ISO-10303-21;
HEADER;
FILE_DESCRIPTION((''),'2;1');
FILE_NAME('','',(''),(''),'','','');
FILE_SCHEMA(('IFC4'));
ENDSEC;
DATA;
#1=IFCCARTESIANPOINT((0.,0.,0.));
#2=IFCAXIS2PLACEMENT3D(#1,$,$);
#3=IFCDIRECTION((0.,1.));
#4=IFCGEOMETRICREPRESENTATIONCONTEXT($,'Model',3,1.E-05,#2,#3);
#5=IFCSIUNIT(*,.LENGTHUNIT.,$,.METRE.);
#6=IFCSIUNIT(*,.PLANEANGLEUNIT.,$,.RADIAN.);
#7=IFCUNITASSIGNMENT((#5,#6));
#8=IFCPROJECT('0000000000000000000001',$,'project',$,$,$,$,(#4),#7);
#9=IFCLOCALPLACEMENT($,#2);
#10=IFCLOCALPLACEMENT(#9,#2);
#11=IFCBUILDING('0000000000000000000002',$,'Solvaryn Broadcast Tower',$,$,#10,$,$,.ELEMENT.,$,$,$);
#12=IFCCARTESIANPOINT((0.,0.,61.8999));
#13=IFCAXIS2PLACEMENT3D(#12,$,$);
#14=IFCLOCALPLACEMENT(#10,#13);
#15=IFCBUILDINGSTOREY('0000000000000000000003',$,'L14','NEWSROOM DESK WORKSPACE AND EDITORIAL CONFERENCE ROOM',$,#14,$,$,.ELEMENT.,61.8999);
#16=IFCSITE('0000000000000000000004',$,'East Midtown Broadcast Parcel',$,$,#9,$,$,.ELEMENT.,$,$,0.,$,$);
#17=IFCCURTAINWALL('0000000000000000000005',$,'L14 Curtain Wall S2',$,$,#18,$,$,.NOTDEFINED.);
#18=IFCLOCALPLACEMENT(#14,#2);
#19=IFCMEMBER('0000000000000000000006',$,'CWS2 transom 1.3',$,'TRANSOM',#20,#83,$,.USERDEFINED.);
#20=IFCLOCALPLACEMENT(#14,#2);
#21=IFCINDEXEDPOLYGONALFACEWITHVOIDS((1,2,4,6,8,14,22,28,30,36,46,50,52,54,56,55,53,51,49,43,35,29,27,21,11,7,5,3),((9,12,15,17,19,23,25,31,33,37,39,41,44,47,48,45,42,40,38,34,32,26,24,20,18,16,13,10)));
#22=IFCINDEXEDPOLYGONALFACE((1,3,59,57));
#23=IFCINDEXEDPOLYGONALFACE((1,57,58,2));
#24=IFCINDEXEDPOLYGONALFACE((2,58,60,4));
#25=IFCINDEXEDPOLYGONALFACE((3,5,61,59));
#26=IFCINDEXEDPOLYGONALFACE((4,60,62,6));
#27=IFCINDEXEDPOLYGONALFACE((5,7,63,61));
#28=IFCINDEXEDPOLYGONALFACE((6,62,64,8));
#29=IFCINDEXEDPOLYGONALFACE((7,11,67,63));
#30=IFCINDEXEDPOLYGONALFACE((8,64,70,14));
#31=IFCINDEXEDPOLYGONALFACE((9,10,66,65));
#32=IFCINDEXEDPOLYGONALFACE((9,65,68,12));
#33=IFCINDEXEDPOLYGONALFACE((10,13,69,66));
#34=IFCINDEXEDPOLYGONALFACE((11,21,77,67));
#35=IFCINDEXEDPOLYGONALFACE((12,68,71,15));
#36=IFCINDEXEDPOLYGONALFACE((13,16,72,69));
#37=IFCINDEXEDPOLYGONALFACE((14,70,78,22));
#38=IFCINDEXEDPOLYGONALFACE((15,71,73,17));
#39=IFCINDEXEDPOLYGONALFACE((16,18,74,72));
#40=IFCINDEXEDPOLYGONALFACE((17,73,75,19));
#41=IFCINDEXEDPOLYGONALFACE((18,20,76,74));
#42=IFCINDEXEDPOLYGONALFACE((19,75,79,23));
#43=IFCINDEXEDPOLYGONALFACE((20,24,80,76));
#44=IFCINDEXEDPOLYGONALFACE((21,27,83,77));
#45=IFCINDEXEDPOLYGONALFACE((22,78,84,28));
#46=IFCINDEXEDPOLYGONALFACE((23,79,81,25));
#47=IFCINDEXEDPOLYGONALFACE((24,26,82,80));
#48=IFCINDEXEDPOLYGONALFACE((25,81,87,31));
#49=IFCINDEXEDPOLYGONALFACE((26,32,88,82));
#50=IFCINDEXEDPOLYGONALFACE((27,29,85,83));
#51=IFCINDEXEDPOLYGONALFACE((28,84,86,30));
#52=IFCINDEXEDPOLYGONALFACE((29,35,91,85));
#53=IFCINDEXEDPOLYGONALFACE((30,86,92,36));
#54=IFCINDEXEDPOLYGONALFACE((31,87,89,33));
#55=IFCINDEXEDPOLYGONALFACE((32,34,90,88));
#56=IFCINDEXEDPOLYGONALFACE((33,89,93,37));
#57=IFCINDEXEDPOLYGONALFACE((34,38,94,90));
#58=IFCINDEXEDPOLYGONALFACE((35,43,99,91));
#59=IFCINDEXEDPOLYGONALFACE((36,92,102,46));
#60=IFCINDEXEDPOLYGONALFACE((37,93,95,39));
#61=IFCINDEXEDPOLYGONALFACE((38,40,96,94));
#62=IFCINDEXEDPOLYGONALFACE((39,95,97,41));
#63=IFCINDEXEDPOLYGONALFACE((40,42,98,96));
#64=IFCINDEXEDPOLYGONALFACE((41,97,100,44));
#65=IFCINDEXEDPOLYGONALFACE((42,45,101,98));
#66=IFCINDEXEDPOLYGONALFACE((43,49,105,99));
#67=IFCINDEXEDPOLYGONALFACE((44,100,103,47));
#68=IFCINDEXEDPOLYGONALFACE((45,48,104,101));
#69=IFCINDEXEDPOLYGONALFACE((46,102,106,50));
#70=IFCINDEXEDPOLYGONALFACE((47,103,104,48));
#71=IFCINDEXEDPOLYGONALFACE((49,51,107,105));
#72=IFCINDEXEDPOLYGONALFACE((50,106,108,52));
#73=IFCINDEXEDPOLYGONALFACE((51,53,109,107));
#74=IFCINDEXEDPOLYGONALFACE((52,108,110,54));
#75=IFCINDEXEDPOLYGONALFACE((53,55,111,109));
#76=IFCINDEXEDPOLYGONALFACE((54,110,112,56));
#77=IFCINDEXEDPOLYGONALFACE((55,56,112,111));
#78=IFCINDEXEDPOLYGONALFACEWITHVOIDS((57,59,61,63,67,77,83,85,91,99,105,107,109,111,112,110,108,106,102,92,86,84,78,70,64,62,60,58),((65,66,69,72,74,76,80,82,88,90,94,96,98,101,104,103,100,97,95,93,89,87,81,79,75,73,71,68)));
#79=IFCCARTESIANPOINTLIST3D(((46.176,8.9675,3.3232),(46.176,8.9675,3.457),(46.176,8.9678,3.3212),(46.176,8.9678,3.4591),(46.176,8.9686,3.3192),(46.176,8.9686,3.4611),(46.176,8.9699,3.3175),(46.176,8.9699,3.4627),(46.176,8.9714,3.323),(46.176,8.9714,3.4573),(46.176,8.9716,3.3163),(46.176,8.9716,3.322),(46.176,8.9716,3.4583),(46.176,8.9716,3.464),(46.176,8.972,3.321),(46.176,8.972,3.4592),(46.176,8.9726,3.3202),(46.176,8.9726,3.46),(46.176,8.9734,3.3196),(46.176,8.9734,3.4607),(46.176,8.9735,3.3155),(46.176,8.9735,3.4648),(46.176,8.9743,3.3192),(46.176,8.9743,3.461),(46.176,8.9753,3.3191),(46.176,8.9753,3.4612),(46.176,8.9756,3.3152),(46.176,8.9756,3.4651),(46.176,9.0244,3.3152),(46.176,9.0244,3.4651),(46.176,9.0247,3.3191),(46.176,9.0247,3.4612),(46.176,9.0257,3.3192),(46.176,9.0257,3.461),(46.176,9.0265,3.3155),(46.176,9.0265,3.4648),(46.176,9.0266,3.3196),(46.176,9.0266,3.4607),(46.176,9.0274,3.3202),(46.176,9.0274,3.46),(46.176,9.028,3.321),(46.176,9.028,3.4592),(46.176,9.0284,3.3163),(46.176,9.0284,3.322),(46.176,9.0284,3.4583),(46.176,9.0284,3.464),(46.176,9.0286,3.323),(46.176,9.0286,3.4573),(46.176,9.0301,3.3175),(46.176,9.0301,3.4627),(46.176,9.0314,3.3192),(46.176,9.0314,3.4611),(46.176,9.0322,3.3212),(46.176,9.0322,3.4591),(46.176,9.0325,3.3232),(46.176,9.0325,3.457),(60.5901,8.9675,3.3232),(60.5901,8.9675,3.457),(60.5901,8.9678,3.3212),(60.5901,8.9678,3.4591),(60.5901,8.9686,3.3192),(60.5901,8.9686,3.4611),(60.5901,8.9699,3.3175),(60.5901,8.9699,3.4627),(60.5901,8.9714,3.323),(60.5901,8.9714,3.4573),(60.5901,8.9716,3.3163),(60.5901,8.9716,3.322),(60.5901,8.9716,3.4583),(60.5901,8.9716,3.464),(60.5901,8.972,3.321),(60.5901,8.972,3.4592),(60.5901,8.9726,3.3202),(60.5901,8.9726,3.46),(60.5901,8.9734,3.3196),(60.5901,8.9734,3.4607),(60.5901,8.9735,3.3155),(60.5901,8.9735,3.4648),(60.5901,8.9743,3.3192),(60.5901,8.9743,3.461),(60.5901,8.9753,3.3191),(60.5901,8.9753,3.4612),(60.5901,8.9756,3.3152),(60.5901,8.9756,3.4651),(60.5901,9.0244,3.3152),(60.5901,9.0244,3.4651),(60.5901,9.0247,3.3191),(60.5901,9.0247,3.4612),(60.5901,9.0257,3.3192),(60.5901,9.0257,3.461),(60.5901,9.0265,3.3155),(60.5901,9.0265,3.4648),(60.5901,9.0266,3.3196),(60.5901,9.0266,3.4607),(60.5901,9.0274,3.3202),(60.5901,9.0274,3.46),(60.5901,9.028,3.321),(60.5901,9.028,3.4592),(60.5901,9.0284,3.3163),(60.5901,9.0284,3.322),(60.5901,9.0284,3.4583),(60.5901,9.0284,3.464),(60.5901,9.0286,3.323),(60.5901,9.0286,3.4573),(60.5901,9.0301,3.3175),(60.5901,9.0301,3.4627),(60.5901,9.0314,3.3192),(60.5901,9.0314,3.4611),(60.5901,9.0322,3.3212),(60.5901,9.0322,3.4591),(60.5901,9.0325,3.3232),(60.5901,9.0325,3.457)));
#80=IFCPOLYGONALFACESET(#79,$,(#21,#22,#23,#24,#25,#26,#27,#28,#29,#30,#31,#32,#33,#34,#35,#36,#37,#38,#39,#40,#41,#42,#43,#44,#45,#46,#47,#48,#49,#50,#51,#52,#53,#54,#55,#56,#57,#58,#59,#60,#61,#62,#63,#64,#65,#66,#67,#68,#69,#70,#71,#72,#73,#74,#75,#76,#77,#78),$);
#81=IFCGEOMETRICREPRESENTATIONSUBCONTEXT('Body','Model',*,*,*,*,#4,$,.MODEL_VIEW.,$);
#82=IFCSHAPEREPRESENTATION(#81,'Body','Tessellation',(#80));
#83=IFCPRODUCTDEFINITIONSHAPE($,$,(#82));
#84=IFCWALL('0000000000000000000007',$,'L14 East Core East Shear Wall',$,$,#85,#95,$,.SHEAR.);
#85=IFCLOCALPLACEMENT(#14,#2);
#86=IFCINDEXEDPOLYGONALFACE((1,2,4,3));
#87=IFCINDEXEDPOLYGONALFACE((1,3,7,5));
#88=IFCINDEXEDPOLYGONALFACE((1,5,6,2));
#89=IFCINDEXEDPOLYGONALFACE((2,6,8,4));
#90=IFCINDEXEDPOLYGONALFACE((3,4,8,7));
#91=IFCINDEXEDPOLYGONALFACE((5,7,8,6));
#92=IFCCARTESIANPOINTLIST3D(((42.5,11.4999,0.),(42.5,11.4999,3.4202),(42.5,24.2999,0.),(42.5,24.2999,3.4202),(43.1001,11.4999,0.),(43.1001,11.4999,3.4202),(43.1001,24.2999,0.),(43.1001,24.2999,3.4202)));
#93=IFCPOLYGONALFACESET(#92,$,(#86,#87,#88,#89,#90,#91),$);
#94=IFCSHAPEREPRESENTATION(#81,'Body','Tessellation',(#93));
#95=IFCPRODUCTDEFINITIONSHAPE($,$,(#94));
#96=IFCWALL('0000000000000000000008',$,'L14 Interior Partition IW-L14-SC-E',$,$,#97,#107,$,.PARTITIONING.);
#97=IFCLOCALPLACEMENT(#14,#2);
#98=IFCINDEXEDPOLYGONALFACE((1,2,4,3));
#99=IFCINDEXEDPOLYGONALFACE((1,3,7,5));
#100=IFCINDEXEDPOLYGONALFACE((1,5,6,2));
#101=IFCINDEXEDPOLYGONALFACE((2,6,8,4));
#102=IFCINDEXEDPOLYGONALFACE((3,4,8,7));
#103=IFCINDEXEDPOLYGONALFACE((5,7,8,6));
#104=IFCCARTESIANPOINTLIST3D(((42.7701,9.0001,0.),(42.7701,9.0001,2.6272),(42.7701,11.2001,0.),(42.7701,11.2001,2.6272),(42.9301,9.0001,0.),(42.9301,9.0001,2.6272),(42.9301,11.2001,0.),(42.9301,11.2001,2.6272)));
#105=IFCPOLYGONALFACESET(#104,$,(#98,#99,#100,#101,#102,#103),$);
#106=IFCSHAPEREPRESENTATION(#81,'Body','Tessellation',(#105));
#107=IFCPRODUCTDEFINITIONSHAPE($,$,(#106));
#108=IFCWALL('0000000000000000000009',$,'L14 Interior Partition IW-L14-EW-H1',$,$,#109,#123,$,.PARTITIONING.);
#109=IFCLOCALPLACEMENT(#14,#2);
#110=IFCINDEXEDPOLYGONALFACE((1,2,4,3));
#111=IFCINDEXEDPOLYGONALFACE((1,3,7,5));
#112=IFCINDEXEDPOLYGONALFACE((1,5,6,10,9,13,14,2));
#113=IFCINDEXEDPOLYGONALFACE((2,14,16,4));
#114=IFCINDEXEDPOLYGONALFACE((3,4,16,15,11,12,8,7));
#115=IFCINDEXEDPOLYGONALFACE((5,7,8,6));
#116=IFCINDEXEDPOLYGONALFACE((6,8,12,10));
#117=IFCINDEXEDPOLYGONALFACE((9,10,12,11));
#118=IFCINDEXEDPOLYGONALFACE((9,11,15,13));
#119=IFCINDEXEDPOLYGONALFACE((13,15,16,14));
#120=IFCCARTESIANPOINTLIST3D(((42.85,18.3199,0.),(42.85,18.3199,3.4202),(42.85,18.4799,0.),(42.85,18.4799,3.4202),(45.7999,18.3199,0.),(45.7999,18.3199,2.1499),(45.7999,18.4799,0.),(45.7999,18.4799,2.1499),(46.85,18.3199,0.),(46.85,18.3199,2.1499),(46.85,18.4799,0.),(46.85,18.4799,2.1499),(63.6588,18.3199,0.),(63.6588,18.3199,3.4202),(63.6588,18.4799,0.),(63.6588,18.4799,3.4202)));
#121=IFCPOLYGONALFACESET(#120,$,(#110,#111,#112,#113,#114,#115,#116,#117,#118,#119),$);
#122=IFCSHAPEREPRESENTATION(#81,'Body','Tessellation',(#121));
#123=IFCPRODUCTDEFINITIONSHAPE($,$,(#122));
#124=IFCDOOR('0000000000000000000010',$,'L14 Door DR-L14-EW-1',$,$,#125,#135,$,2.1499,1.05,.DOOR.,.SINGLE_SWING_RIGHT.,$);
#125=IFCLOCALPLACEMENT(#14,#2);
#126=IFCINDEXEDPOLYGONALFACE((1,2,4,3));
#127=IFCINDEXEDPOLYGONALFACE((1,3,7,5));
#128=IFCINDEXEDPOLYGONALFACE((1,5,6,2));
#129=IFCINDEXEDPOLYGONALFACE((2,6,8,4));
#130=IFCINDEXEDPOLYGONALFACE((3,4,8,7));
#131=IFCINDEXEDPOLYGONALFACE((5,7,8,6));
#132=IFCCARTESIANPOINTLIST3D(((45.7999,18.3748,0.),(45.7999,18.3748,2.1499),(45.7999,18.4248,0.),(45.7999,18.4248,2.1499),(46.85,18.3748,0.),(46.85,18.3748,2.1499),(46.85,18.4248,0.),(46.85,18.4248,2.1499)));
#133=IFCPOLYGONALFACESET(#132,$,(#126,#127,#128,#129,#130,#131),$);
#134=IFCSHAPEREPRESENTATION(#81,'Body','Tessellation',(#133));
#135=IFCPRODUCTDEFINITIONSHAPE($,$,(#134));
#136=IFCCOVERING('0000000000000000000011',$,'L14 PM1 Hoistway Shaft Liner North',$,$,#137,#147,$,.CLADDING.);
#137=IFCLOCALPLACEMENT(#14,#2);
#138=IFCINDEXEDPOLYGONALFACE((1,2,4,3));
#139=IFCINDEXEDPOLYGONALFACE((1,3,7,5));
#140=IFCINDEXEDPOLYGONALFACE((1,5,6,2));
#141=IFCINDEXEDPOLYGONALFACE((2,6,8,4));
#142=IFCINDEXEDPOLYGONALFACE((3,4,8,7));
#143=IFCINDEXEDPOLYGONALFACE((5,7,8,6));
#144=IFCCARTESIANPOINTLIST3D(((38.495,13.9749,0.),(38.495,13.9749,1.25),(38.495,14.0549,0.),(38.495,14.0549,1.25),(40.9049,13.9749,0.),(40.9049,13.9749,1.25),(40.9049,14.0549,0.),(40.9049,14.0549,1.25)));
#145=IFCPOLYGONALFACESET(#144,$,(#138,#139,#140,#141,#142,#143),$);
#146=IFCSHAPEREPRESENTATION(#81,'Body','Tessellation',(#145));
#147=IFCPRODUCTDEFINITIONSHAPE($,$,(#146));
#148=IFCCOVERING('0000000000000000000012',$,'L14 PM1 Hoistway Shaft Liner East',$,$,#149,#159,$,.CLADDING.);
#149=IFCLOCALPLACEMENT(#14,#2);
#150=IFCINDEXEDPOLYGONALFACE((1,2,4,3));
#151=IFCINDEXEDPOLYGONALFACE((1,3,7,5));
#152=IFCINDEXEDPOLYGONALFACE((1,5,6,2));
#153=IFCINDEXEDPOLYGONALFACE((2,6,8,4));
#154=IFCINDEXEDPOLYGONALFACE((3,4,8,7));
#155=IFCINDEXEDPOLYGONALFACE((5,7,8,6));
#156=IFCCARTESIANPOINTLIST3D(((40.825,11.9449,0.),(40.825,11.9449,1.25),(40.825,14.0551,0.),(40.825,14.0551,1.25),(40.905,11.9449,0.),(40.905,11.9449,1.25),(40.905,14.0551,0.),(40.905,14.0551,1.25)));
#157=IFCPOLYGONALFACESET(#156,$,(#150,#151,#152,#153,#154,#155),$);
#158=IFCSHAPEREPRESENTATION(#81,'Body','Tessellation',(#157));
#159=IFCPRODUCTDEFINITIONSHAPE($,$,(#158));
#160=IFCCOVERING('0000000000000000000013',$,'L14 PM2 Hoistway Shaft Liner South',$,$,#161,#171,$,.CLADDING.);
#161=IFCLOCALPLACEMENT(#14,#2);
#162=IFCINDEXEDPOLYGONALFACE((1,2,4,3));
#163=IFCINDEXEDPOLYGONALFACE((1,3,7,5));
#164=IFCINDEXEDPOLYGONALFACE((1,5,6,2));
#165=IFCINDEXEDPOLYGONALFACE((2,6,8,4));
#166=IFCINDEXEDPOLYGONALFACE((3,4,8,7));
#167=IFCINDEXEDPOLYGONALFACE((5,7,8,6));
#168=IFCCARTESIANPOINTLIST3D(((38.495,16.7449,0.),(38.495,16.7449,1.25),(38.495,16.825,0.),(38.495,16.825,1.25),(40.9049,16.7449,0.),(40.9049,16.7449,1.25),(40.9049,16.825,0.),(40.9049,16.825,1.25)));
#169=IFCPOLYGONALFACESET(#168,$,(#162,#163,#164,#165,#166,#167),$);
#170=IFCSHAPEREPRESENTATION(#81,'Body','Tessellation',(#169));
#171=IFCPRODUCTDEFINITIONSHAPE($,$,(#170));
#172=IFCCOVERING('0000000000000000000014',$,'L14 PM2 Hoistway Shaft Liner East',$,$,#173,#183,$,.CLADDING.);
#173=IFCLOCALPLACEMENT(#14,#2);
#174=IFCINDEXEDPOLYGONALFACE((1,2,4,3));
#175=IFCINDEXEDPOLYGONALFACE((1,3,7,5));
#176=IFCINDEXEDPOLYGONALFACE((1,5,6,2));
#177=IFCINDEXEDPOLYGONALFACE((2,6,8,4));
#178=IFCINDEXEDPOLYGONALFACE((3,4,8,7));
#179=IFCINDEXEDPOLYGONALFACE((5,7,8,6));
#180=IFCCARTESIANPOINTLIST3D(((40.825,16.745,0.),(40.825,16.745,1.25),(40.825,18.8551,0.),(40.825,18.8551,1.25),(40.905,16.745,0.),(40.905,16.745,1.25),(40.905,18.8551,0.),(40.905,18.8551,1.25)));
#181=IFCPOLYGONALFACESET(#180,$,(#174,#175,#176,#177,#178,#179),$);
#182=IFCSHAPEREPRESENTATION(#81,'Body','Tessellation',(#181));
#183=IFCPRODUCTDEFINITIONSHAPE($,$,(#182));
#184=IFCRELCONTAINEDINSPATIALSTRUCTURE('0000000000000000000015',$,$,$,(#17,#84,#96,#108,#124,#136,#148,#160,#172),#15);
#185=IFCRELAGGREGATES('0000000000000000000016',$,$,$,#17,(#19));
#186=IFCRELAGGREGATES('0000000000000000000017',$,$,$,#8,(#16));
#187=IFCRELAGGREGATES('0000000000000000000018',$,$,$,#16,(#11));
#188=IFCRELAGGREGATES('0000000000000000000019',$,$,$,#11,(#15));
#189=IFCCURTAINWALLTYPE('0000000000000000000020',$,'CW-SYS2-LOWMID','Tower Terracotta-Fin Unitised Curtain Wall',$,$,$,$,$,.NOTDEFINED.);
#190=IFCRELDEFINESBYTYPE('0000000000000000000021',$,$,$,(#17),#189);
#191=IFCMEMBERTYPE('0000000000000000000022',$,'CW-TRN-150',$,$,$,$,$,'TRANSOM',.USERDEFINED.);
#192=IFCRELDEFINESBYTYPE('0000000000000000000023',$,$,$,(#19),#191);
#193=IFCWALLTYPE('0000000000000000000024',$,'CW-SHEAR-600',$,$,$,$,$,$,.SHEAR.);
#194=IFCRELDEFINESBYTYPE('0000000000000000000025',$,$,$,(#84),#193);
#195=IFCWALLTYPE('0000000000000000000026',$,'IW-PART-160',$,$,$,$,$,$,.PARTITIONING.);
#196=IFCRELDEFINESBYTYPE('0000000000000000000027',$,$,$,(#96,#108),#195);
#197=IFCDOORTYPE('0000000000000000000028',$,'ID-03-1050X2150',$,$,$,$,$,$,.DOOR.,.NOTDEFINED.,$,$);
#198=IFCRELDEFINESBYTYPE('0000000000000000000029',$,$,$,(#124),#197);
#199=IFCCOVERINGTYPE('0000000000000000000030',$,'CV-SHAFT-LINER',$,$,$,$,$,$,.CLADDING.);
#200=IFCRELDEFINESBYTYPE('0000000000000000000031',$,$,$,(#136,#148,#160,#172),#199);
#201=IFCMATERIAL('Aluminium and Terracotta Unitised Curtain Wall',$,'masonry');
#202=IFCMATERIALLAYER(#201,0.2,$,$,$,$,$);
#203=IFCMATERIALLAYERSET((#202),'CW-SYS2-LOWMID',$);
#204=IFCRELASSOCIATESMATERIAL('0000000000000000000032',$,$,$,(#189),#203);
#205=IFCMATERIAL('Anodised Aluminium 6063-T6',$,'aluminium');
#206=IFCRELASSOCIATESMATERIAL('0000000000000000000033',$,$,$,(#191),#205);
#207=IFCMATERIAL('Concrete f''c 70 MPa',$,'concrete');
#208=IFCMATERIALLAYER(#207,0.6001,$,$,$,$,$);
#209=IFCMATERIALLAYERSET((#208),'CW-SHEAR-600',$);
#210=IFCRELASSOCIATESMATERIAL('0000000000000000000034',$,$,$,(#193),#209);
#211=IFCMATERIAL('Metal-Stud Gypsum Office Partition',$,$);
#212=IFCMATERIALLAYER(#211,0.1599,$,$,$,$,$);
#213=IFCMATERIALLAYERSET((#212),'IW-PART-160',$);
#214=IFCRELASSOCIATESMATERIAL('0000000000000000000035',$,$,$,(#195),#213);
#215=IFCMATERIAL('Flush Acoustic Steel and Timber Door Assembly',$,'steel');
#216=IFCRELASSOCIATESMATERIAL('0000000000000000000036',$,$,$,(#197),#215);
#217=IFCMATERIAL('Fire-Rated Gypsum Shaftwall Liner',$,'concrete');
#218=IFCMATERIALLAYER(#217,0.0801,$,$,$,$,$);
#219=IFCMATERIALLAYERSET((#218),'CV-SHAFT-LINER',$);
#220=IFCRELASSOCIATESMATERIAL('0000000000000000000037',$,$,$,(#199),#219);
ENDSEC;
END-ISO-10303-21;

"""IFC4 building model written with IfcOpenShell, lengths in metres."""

from ifc_helpers import new_model, si_unit, direction, frame, frame_2d, origin, origin_2d, place, context, subcontext, project, spatial, rectangle, hollow_rectangle, extrude, material, layer, layer_set, material_profile, profile_set, type_object, element, fill, aggregate, save


model = new_model("IFC4")

# Units and contexts
model_context = context("Model", 3, precision=1e-05, world=origin(), true_north=direction((0.0, 1.0)))
body_context = subcontext(model_context, "Body", "Model", "MODEL_VIEW")
ifc_project = project(units=[si_unit("LENGTHUNIT", "METRE"), si_unit("PLANEANGLEUNIT", "RADIAN")], contexts=[model_context])

# Site, building, storey
site_placement = place(None, origin())
site = spatial("IfcSite", under=ifc_project, at=site_placement, Name="East Midtown Broadcast Parcel", CompositionType="ELEMENT", RefElevation=0.0)
building_placement = place(site_placement, origin())
building = spatial("IfcBuilding", under=site, at=building_placement, Name="Solvaryn Broadcast Tower", CompositionType="ELEMENT")
storey_placement = place(building_placement, frame((0.0, 0.0, 61.8999)))
storey = spatial("IfcBuildingStorey", under=building, at=storey_placement, Name="L14", Description="NEWSROOM DESK WORKSPACE AND EDITORIAL CONFERENCE ROOM", CompositionType="ELEMENT", Elevation=61.8999)

# Shared definitions
ifc_material_1 = material(Name="Aluminium and Terracotta Unitised Curtain Wall", Category="masonry")
ifc_layer_1 = layer(ifc_material_1, 0.2)
ifc_layer_set_1 = layer_set([ifc_layer_1], Name="CW-SYS2-LOWMID")
curtain_wall_type = type_object("IfcCurtainWallType", Name="CW-SYS2-LOWMID", Description="Tower Terracotta-Fin Unitised Curtain Wall", PredefinedType="NOTDEFINED", material=ifc_layer_set_1)

# Curtain wall, member
curtain_wall_1_placement = place(storey_placement, origin())
curtain_wall_1 = element("IfcCurtainWall", 1, at=curtain_wall_1_placement, inside=storey, type_object=curtain_wall_type, Name="L14 Curtain Wall S2", PredefinedType="NOTDEFINED")
ifc_material_2 = material(Name="Anodised Aluminium 6063-T6", Category="aluminium")
ifc_material_profile_1 = material_profile(ifc_material_2, hollow_rectangle(XDim=0.0649, YDim=0.1499, WallThickness=0.0039, InnerFilletRadius=0.0039, OuterFilletRadius=0.0081, at=origin_2d()))
ifc_profile_set_1 = profile_set([ifc_material_profile_1], Name="Anodised Aluminium 6063-T6")
member_type_1 = type_object("IfcMemberType", Name="CW-TRN-150", ElementType="TRANSOM", PredefinedType="USERDEFINED", material=ifc_profile_set_1)
member_1_placement = place(storey_placement, frame((46.176, 9.0, 3.3901), z_axis=(1.0, 0.0, 0.0), x_axis=(0.0, 1.0, 0.0)))
member_1 = element("IfcMember", 2, at=member_1_placement, type_object=member_type_1, Name="CWS2 transom 1.3", ObjectType="TRANSOM", PredefinedType="USERDEFINED", context=body_context, shape_type="SweptSolid", body=[
    extrude(hollow_rectangle(XDim=0.0649, YDim=0.1499, WallThickness=0.0039, InnerFilletRadius=0.0039, OuterFilletRadius=0.0081, at=origin_2d()), origin(), (0.0, 0.0, 1.0), 14.4141),
])
aggregate(curtain_wall_1, [member_1])

# Walls
ifc_material_3 = material(Name="Concrete f'c 70 MPa", Category="concrete")
ifc_layer_2 = layer(ifc_material_3, 0.6001)
ifc_layer_set_2 = layer_set([ifc_layer_2], Name="CW-SHEAR-600")
wall_type_1 = type_object("IfcWallType", Name="CW-SHEAR-600", PredefinedType="SHEAR", material=ifc_layer_set_2)
wall_1_placement = place(storey_placement, frame((42.8, 11.5, 0.0), z_axis=(0.0, 0.0, 1.0), x_axis=(0.0, 1.0, 0.0)))
element("IfcWall", 3, at=wall_1_placement, inside=storey, type_object=wall_type_1, Name="L14 East Core East Shear Wall", PredefinedType="SHEAR", context=body_context, shape_type="SweptSolid", body=[
    extrude(rectangle(XDim=12.8, YDim=0.6001, at=frame_2d((6.3999, 0.0))), origin(), (0.0, 0.0, 1.0), 3.4202),
])
ifc_material_4 = material(Name="Metal-Stud Gypsum Office Partition")
ifc_layer_3 = layer(ifc_material_4, 0.1599)
ifc_layer_set_3 = layer_set([ifc_layer_3], Name="IW-PART-160")
wall_type_2 = type_object("IfcWallType", Name="IW-PART-160", PredefinedType="PARTITIONING", material=ifc_layer_set_3)
wall_2_placement = place(storey_placement, frame((42.8501, 9.0, 0.0), z_axis=(0.0, 0.0, 1.0), x_axis=(0.0, 1.0, 0.0)))
element("IfcWall", 4, at=wall_2_placement, inside=storey, type_object=wall_type_2, Name="L14 Interior Partition IW-L14-SC-E", PredefinedType="PARTITIONING", context=body_context, shape_type="SweptSolid", body=[
    extrude(rectangle(XDim=2.2, YDim=0.1599, at=frame_2d((1.1001, 0.0))), origin(), (0.0, 0.0, 1.0), 2.6272),
])

# Wall, opening, door
wall_3_placement = place(storey_placement, frame((42.8501, 18.3999, 0.0), z_axis=(0.0, 0.0, 1.0), x_axis=(1.0, 0.0, 0.0)))
wall_3 = element("IfcWall", 5, at=wall_3_placement, inside=storey, type_object=wall_type_2, Name="L14 Interior Partition IW-L14-EW-H1", PredefinedType="PARTITIONING", context=body_context, shape_type="SweptSolid", body=[
    extrude(rectangle(XDim=20.8088, YDim=0.1599, at=frame_2d((10.4043, 0.0))), origin(), (0.0, 0.0, 1.0), 3.4202),
])
opening_1_placement = place(wall_3_placement, frame((2.95, 0.0, 0.0)))
opening_1 = element("IfcOpeningElement", 6, at=opening_1_placement, cuts=wall_3, PredefinedType="OPENING", context=body_context, shape_type="SweptSolid", body=[
    extrude(rectangle(XDim=1.05, YDim=2.1499, at=frame_2d((0.5249, 1.075))), frame((0.0, 0.0901, 0.0), z_axis=(0.0, -1.0, 0.0), x_axis=(1.0, 0.0, 0.0)), (0.0, 0.0, 1.0), 0.1799),
])
ifc_material_5 = material(Name="Flush Acoustic Steel and Timber Door Assembly", Category="steel")
door_type_1 = type_object("IfcDoorType", Name="ID-03-1050X2150", OperationType="NOTDEFINED", PredefinedType="DOOR", material=ifc_material_5)
door_1_placement = place(opening_1_placement, origin())
door_1 = element("IfcDoor", 7, at=door_1_placement, inside=storey, type_object=door_type_1, Name="L14 Door DR-L14-EW-1", OperationType="SINGLE_SWING_RIGHT", OverallHeight=2.1499, OverallWidth=1.05, PredefinedType="DOOR", context=body_context, shape_type="SweptSolid", body=[
    extrude(rectangle(XDim=1.05, YDim=2.1499, at=frame_2d((0.5249, 1.075))), frame((0.0, 0.0249, 0.0), z_axis=(0.0, -1.0, 0.0), x_axis=(1.0, 0.0, 0.0)), (0.0, 0.0, 1.0), 0.05),
])
fill(opening_1, door_1)

# Coverings
ifc_material_6 = material(Name="Fire-Rated Gypsum Shaftwall Liner", Category="concrete")
ifc_layer_4 = layer(ifc_material_6, 0.0801)
ifc_layer_set_4 = layer_set([ifc_layer_4], Name="CV-SHAFT-LINER")
covering_type_1 = type_object("IfcCoveringType", Name="CV-SHAFT-LINER", PredefinedType="CLADDING", material=ifc_layer_set_4)
covering_1_placement = place(storey_placement, frame((39.7, 14.0149, 0.0), z_axis=(0.0, 0.0, 1.0), x_axis=(1.0, 0.0, 0.0)))
element("IfcCovering", 8, at=covering_1_placement, inside=storey, type_object=covering_type_1, Name="L14 PM1 Hoistway Shaft Liner North", PredefinedType="CLADDING", context=body_context, shape_type="SweptSolid", body=[
    extrude(rectangle(XDim=2.4099, YDim=0.0801, at=origin_2d()), origin(), (0.0, 0.0, 1.0), 1.25),
])
covering_2_placement = place(storey_placement, frame((40.865, 13.0, 0.0), z_axis=(0.0, 0.0, 1.0), x_axis=(1.0, 0.0, 0.0)))
element("IfcCovering", 9, at=covering_2_placement, inside=storey, type_object=covering_type_1, Name="L14 PM1 Hoistway Shaft Liner East", PredefinedType="CLADDING", context=body_context, shape_type="SweptSolid", body=[
    extrude(rectangle(XDim=0.0801, YDim=2.1101, at=origin_2d()), origin(), (0.0, 0.0, 1.0), 1.25),
])
covering_3_placement = place(storey_placement, frame((39.7, 16.7849, 0.0), z_axis=(0.0, 0.0, 1.0), x_axis=(1.0, 0.0, 0.0)))
element("IfcCovering", 10, at=covering_3_placement, inside=storey, type_object=covering_type_1, Name="L14 PM2 Hoistway Shaft Liner South", PredefinedType="CLADDING", context=body_context, shape_type="SweptSolid", body=[
    extrude(rectangle(XDim=2.4099, YDim=0.0801, at=origin_2d()), origin(), (0.0, 0.0, 1.0), 1.25),
])
covering_4_placement = place(storey_placement, frame((40.865, 17.8, 0.0), z_axis=(0.0, 0.0, 1.0), x_axis=(1.0, 0.0, 0.0)))
element("IfcCovering", 11, at=covering_4_placement, inside=storey, type_object=covering_type_1, Name="L14 PM2 Hoistway Shaft Liner East", PredefinedType="CLADDING", context=body_context, shape_type="SweptSolid", body=[
    extrude(rectangle(XDim=0.0801, YDim=2.1101, at=origin_2d()), origin(), (0.0, 0.0, 1.0), 1.25),
])

save(model, "model.ifc")
